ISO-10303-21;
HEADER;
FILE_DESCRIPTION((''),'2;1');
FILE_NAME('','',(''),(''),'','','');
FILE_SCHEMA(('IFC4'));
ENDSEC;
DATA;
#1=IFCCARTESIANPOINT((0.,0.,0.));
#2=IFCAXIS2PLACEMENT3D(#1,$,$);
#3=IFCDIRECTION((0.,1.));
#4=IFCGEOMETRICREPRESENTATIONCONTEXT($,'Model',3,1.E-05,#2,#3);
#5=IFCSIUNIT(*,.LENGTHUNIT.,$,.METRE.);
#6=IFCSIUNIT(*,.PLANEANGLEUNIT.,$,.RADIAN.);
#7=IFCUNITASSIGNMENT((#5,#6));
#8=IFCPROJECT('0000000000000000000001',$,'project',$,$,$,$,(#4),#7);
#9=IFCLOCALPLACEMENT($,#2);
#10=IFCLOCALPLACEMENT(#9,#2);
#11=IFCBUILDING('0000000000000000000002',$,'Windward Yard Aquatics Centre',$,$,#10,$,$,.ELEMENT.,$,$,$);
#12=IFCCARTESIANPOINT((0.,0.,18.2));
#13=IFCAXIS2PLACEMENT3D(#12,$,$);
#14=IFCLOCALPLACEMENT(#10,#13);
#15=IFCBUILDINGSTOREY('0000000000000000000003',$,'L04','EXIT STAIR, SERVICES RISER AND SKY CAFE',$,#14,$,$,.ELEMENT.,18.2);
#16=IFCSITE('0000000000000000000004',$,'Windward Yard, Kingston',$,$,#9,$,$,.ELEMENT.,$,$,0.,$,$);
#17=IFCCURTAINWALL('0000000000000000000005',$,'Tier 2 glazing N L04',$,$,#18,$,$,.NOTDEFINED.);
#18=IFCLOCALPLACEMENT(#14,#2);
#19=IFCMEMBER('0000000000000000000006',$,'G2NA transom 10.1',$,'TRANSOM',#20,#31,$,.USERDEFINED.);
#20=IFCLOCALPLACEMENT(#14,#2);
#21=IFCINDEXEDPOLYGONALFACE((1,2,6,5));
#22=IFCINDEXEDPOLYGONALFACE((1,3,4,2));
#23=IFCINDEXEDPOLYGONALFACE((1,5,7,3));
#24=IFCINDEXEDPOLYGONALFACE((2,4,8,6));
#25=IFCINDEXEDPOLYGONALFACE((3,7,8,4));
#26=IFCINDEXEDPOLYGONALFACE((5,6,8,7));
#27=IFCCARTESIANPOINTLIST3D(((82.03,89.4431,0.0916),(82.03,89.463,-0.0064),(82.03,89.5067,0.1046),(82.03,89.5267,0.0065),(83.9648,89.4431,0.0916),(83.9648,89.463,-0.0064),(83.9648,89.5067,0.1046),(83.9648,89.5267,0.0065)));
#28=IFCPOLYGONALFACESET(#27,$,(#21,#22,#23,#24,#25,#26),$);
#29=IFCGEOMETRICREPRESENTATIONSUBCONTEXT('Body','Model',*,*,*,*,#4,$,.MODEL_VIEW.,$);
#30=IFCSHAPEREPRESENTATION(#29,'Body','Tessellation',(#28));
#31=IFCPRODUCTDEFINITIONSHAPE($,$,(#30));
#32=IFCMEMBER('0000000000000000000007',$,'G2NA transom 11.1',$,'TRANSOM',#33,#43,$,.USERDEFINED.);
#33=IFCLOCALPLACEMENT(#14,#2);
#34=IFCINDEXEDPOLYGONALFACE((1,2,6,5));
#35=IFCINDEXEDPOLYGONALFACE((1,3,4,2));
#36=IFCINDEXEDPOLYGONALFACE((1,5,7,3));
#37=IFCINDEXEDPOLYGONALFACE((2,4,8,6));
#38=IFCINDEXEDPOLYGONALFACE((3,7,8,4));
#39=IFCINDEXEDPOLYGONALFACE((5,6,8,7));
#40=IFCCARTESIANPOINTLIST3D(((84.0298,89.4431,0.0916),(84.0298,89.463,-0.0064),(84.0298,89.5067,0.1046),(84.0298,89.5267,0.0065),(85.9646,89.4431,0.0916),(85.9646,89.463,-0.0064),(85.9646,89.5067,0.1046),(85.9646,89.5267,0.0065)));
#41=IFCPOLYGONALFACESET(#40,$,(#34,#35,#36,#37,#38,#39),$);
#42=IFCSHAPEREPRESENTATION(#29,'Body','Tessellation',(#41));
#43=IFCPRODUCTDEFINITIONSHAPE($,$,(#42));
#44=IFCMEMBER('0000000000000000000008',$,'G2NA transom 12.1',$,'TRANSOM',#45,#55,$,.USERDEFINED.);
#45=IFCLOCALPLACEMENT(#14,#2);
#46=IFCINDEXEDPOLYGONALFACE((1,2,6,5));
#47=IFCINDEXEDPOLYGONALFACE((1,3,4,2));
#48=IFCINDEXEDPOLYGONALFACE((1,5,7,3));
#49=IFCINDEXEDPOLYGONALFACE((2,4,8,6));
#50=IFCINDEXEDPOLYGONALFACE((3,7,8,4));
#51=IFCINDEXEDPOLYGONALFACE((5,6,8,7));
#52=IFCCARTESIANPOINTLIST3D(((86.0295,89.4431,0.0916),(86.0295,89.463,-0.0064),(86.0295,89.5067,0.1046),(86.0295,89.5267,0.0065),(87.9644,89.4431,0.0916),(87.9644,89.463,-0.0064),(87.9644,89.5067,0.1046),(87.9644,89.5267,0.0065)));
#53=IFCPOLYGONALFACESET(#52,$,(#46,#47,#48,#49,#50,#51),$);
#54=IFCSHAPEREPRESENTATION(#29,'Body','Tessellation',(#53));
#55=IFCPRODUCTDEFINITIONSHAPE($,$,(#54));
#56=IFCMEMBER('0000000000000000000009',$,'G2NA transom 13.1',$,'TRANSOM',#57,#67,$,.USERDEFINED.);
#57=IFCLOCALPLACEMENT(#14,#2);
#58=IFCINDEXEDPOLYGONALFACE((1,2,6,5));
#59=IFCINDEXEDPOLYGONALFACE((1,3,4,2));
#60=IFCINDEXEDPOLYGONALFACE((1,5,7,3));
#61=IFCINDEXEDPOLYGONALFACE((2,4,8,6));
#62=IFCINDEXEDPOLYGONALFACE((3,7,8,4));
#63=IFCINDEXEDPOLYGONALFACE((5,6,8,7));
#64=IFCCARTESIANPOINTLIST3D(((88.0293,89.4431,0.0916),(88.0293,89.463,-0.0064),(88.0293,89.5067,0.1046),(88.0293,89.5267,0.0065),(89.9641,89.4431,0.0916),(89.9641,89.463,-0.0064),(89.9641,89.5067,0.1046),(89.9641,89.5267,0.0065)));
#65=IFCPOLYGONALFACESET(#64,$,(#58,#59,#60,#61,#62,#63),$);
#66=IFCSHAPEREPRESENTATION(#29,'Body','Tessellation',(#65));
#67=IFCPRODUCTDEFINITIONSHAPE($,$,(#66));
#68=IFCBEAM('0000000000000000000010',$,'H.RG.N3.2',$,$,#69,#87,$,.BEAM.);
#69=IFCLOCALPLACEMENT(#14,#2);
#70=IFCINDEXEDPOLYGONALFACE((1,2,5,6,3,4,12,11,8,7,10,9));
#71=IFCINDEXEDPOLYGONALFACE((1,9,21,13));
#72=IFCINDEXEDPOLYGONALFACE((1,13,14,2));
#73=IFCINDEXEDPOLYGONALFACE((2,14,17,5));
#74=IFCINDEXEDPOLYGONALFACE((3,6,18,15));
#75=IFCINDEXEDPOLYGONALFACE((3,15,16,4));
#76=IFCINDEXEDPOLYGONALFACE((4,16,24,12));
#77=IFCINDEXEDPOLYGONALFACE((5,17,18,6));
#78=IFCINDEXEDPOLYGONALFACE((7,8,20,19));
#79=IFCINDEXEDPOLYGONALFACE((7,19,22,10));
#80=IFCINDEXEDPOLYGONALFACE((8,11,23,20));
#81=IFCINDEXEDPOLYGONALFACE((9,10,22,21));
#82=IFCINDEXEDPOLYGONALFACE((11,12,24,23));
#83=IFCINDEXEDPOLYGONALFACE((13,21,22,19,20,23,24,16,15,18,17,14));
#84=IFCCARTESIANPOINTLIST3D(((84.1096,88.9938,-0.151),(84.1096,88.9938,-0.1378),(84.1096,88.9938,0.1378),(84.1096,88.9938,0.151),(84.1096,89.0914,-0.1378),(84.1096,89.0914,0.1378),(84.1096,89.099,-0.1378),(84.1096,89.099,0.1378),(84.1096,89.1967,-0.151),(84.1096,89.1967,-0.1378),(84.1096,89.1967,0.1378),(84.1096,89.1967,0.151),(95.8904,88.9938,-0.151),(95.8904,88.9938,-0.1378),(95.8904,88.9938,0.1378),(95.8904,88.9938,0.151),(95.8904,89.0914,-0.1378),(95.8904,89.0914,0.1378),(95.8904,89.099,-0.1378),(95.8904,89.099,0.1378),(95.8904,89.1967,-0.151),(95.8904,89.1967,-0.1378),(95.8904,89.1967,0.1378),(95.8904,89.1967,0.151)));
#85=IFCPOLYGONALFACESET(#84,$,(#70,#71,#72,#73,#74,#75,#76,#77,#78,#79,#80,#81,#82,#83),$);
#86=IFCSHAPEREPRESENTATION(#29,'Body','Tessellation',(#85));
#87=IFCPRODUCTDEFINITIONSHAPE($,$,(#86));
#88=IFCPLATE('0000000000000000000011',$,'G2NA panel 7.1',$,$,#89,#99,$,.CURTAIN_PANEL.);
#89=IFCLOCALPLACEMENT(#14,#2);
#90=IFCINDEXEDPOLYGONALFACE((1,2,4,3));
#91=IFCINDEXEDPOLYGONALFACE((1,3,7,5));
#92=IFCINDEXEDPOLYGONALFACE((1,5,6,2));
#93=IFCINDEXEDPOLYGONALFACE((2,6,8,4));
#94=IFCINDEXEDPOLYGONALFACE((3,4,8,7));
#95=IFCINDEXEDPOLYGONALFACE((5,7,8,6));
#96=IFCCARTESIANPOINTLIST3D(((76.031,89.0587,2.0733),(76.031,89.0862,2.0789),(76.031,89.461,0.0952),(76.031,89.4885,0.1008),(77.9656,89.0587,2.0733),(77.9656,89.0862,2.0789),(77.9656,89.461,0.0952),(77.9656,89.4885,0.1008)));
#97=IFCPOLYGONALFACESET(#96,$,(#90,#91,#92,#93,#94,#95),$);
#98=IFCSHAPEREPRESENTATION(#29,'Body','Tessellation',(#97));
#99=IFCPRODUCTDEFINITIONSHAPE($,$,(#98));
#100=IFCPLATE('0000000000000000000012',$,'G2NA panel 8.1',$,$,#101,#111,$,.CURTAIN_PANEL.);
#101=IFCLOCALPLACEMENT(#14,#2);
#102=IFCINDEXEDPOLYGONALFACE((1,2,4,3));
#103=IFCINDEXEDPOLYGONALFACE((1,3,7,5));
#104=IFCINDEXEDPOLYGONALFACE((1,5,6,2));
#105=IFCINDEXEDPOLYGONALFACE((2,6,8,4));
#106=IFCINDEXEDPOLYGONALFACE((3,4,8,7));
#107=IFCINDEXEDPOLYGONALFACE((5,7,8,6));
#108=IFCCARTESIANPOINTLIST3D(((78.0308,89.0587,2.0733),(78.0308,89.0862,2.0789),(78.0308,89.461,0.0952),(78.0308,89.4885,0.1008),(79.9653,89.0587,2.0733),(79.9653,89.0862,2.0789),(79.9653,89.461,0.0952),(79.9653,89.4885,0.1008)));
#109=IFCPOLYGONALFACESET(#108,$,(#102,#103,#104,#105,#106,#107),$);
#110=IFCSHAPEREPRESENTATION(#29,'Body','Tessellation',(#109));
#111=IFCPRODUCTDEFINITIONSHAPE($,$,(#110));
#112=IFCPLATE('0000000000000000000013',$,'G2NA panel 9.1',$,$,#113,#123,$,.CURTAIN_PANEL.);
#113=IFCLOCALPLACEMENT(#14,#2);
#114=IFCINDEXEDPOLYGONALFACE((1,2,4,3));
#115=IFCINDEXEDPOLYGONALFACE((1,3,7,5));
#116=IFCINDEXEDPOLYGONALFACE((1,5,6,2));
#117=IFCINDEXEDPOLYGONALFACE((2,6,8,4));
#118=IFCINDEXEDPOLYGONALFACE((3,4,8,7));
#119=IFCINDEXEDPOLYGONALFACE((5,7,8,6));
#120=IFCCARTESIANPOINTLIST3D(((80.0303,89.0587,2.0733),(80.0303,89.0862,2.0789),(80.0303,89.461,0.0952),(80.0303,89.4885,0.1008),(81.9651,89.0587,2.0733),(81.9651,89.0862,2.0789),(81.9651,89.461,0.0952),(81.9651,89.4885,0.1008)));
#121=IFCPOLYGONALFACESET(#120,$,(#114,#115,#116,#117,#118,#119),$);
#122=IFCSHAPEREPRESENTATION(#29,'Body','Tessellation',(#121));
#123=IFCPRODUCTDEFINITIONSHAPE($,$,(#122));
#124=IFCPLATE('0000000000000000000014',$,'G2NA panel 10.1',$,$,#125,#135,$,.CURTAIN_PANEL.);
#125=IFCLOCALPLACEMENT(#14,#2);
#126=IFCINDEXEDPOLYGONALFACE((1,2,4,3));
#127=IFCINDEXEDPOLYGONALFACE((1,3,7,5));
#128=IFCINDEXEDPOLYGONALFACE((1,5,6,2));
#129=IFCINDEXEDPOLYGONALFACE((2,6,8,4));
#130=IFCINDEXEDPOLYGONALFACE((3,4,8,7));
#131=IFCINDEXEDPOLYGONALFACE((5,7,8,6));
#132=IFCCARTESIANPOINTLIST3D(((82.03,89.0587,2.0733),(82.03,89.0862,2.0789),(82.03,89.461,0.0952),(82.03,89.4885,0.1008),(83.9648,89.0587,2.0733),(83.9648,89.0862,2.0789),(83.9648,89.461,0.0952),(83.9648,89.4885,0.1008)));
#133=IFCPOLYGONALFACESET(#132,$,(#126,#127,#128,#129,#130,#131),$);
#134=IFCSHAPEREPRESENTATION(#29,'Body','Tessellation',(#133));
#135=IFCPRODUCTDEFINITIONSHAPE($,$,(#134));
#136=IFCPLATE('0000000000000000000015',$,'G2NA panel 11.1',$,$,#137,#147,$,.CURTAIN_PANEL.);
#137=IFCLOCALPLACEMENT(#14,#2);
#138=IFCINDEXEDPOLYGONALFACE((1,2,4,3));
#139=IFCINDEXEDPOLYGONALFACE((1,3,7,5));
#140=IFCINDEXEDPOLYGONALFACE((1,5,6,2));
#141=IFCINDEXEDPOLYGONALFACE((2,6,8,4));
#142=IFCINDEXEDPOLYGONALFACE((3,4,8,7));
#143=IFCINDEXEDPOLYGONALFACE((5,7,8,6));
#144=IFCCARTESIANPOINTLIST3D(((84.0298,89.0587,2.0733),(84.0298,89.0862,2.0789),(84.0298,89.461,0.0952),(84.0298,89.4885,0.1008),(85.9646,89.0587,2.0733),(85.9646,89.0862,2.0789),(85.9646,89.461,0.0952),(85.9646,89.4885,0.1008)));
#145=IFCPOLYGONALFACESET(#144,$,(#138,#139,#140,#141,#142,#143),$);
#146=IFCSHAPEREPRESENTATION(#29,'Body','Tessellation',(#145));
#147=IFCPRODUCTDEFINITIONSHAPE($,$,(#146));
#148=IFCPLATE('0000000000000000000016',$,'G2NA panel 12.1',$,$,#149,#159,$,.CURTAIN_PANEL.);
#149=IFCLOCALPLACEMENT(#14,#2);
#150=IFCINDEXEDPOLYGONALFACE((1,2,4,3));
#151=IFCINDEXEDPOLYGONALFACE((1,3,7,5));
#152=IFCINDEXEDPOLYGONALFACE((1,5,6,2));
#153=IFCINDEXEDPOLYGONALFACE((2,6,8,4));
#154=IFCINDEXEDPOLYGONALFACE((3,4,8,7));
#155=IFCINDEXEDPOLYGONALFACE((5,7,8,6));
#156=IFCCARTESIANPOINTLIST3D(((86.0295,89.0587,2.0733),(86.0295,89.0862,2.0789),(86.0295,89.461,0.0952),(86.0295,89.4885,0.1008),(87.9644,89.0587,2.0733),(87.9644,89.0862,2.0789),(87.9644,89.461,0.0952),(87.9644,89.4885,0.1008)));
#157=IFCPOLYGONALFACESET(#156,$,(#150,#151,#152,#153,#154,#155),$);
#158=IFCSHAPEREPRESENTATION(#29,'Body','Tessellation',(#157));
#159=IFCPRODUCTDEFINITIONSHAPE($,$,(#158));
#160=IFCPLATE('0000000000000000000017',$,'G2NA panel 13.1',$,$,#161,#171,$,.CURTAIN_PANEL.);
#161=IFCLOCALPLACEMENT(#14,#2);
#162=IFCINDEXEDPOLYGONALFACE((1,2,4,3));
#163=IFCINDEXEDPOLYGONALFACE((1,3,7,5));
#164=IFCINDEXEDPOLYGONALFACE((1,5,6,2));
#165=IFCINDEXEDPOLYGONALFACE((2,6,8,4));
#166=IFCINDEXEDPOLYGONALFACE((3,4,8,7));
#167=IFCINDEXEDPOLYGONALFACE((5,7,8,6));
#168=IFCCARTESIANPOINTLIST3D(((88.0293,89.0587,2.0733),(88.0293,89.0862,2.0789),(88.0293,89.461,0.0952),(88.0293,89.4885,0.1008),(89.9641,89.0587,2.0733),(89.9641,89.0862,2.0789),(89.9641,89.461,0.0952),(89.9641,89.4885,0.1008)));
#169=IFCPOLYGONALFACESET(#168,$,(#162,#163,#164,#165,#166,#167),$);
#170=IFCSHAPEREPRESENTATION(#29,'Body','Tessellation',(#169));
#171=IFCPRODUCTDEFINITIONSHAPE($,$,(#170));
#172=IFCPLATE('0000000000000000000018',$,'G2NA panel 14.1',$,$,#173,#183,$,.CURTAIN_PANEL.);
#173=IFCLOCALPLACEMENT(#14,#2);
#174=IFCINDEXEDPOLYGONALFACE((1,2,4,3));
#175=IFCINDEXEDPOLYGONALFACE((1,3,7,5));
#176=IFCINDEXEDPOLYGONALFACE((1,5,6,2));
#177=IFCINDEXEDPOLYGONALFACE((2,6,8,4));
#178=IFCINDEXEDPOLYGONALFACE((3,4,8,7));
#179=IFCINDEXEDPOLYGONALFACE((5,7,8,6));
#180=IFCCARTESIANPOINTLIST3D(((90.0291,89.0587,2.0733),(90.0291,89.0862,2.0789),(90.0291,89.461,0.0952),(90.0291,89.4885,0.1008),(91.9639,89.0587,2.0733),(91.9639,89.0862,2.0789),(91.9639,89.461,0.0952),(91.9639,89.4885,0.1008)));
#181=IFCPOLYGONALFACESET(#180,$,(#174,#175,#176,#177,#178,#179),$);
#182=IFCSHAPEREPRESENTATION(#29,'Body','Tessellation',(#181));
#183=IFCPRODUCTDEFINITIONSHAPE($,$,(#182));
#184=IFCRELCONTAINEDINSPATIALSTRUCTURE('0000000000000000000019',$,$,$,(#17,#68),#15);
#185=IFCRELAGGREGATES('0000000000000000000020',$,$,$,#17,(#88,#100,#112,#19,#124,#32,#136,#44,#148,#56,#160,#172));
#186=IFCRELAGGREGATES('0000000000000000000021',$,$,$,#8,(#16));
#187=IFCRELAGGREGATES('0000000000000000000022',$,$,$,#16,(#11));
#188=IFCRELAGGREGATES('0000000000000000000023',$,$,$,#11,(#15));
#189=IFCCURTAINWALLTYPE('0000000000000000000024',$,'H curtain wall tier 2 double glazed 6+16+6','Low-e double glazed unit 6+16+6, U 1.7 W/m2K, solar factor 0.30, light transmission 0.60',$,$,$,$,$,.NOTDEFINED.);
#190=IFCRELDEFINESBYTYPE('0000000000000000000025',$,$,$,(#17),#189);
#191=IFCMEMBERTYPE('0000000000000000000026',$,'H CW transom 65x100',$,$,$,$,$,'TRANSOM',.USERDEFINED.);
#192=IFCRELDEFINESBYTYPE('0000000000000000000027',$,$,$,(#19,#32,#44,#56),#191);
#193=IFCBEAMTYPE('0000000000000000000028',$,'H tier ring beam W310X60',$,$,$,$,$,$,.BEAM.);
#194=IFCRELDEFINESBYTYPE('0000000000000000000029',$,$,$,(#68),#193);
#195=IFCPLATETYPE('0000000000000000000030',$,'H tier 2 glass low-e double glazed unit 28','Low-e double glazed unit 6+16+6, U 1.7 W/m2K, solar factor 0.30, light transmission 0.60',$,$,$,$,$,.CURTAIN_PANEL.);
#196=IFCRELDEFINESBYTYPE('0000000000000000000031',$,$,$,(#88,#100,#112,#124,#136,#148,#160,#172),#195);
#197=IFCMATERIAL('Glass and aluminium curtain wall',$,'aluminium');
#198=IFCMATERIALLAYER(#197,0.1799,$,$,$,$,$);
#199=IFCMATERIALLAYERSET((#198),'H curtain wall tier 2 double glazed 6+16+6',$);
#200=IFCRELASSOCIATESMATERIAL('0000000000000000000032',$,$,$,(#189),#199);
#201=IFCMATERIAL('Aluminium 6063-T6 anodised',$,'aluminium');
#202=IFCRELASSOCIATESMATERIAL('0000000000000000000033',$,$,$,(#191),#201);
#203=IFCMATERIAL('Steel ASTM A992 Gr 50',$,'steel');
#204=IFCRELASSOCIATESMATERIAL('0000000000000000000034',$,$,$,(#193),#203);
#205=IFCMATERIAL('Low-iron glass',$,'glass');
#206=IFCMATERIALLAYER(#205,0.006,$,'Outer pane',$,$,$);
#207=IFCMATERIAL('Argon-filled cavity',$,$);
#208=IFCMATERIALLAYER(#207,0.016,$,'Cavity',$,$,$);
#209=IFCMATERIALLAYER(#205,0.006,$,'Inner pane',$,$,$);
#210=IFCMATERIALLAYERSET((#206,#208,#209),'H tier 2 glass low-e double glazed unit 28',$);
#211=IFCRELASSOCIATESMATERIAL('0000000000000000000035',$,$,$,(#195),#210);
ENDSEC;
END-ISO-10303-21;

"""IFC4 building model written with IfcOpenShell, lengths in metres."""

from ifc_helpers import new_model, si_unit, direction, frame, origin, origin_2d, place, context, subcontext, project, spatial, polyline, rectangle, i_section, outline, extrude, material, layer, layer_set, material_profile, profile_set, type_object, element, aggregate, save


model = new_model("IFC4")

# Units and contexts
model_context = context("Model", 3, precision=1e-05, world=origin(), true_north=direction((0.0, 1.0)))
body_context = subcontext(model_context, "Body", "Model", "MODEL_VIEW")
ifc_project = project(units=[si_unit("LENGTHUNIT", "METRE"), si_unit("PLANEANGLEUNIT", "RADIAN")], contexts=[model_context])

# Site, building, storey
site_placement = place(None, origin())
site = spatial("IfcSite", under=ifc_project, at=site_placement, Name="Windward Yard, Kingston", CompositionType="ELEMENT", RefElevation=0.0)
building_placement = place(site_placement, origin())
building = spatial("IfcBuilding", under=site, at=building_placement, Name="Windward Yard Aquatics Centre", CompositionType="ELEMENT")
storey_placement = place(building_placement, frame((0.0, 0.0, 18.2)))
storey = spatial("IfcBuildingStorey", under=building, at=storey_placement, Name="L04", Description="EXIT STAIR, SERVICES RISER AND SKY CAFE", CompositionType="ELEMENT", Elevation=18.2)

# Curtain wall, members
ifc_material_1 = material(Name="Glass and aluminium curtain wall", Category="aluminium")
ifc_layer_1 = layer(ifc_material_1, 0.1799)
ifc_layer_set_1 = layer_set([ifc_layer_1], Name="H curtain wall tier 2 double glazed 6+16+6")
curtain_wall_type = type_object("IfcCurtainWallType", Name="H curtain wall tier 2 double glazed 6+16+6", Description="Low-e double glazed unit 6+16+6, U 1.7 W/m2K, solar factor 0.30, light transmission 0.60", PredefinedType="NOTDEFINED", material=ifc_layer_set_1)
curtain_wall_placement = place(storey_placement, origin())
curtain_wall = element("IfcCurtainWall", 1, at=curtain_wall_placement, inside=storey, type_object=curtain_wall_type, Name="Tier 2 glazing N L04", PredefinedType="NOTDEFINED")
ifc_material_2 = material(Name="Aluminium 6063-T6 anodised", Category="aluminium")
ifc_material_profile_1 = material_profile(ifc_material_2, rectangle(XDim=0.0649, YDim=0.1001, at=origin_2d()), Name="H CW transom 65x100")
ifc_profile_set_1 = profile_set([ifc_material_profile_1], Name="Aluminium 6063-T6 anodised")
member_type_1 = type_object("IfcMemberType", Name="H CW transom 65x100", ElementType="TRANSOM", PredefinedType="USERDEFINED", material=ifc_profile_set_1)
member_1_placement = place(storey_placement, frame((82.03, 89.4849, 0.0491), z_axis=(1.0, 0.0, 0.0), x_axis=(0.0, 0.979925, 0.199368)))
member_1 = element("IfcMember", 2, at=member_1_placement, type_object=member_type_1, Name="G2NA transom 10.1", ObjectType="TRANSOM", PredefinedType="USERDEFINED", context=body_context, shape_type="SweptSolid", body=[
    extrude(rectangle(XDim=0.0649, YDim=0.1001, at=origin_2d()), origin(), (0.0, 0.0, 1.0), 1.9348),
])
member_2_placement = place(storey_placement, frame((84.0298, 89.4849, 0.0491), z_axis=(1.0, 0.0, 0.0), x_axis=(0.0, 0.979925, 0.199368)))
member_2 = element("IfcMember", 3, at=member_2_placement, type_object=member_type_1, Name="G2NA transom 11.1", ObjectType="TRANSOM", PredefinedType="USERDEFINED", context=body_context, shape_type="SweptSolid", body=[
    extrude(rectangle(XDim=0.0649, YDim=0.1001, at=origin_2d()), origin(), (0.0, 0.0, 1.0), 1.9348),
])
member_3_placement = place(storey_placement, frame((86.0295, 89.4849, 0.0491), z_axis=(1.0, 0.0, 0.0), x_axis=(0.0, 0.979925, 0.199368)))
member_3 = element("IfcMember", 4, at=member_3_placement, type_object=member_type_1, Name="G2NA transom 12.1", ObjectType="TRANSOM", PredefinedType="USERDEFINED", context=body_context, shape_type="SweptSolid", body=[
    extrude(rectangle(XDim=0.0649, YDim=0.1001, at=origin_2d()), origin(), (0.0, 0.0, 1.0), 1.9348),
])
member_4_placement = place(storey_placement, frame((88.0293, 89.4849, 0.0491), z_axis=(1.0, 0.0, 0.0), x_axis=(0.0, 0.979925, 0.199368)))
member_4 = element("IfcMember", 5, at=member_4_placement, type_object=member_type_1, Name="G2NA transom 13.1", ObjectType="TRANSOM", PredefinedType="USERDEFINED", context=body_context, shape_type="SweptSolid", body=[
    extrude(rectangle(XDim=0.0649, YDim=0.1001, at=origin_2d()), origin(), (0.0, 0.0, 1.0), 1.9348),
])

# Beam
ifc_material_3 = material(Name="Steel ASTM A992 Gr 50", Category="steel")
ifc_material_profile_2 = material_profile(ifc_material_3, i_section(OverallWidth=0.2029, OverallDepth=0.302, WebThickness=0.0076, FlangeThickness=0.0132, at=origin_2d()), Name="W310X60")
ifc_profile_set_2 = profile_set([ifc_material_profile_2], Name="Steel ASTM A992 Gr 50")
beam_type = type_object("IfcBeamType", Name="H tier ring beam W310X60", PredefinedType="BEAM", material=ifc_profile_set_2)
beam_placement = place(storey_placement, frame((84.1096, 89.0952, 0.0), z_axis=(1.0, 0.0, 0.0), x_axis=(0.0, 1.0, 0.0)))
element("IfcBeam", 6, at=beam_placement, inside=storey, type_object=beam_type, Name="H.RG.N3.2", PredefinedType="BEAM", context=body_context, shape_type="SweptSolid", body=[
    extrude(i_section(OverallWidth=0.2029, OverallDepth=0.302, WebThickness=0.0076, FlangeThickness=0.0132, at=origin_2d()), origin(), (0.0, 0.0, 1.0), 11.7808),
])

# Plates
ifc_material_4 = material(Name="Low-iron glass", Category="glass")
ifc_layer_2 = layer(ifc_material_4, 0.006, Name="Outer pane")
ifc_material_5 = material(Name="Argon-filled cavity")
ifc_layer_3 = layer(ifc_material_5, 0.016, Name="Cavity")
ifc_layer_4 = layer(ifc_material_4, 0.006, Name="Inner pane")
ifc_layer_set_2 = layer_set([ifc_layer_2, ifc_layer_3, ifc_layer_4], Name="H tier 2 glass low-e double glazed unit 28")
plate_type = type_object("IfcPlateType", Name="H tier 2 glass low-e double glazed unit 28", Description="Low-e double glazed unit 6+16+6, U 1.7 W/m2K, solar factor 0.30, light transmission 0.60", PredefinedType="CURTAIN_PANEL", material=ifc_layer_set_2)
plate_1_placement = place(storey_placement, frame((76.031, 89.0862, 2.0789), z_axis=(0.0, 0.979933, 0.199325), x_axis=(0.0, 0.199325, -0.979933)))
plate_1 = element("IfcPlate", 7, at=plate_1_placement, type_object=plate_type, Name="G2NA panel 7.1", PredefinedType="CURTAIN_PANEL", context=body_context, shape_type="SweptSolid", body=[
    extrude(outline(polyline([(0.0, 0.0), (2.0185, 0.0), (2.0185, -1.9346), (0.0, -1.9346), (0.0, 0.0)])), origin(), (0.0, 0.0, -1.0), 0.0281),
])
plate_2_placement = place(storey_placement, frame((78.0308, 89.0862, 2.0789), z_axis=(0.0, 0.979933, 0.199325), x_axis=(0.0, 0.199325, -0.979933)))
plate_2 = element("IfcPlate", 8, at=plate_2_placement, type_object=plate_type, Name="G2NA panel 8.1", PredefinedType="CURTAIN_PANEL", context=body_context, shape_type="SweptSolid", body=[
    extrude(outline(polyline([(0.0, 0.0), (2.0185, 0.0), (2.0185, -1.9346), (0.0, -1.9346), (0.0, 0.0)])), origin(), (0.0, 0.0, -1.0), 0.0281),
])
plate_3_placement = place(storey_placement, frame((80.0303, 89.0862, 2.0789), z_axis=(0.0, 0.979933, 0.199325), x_axis=(0.0, 0.199325, -0.979933)))
plate_3 = element("IfcPlate", 9, at=plate_3_placement, type_object=plate_type, Name="G2NA panel 9.1", PredefinedType="CURTAIN_PANEL", context=body_context, shape_type="SweptSolid", body=[
    extrude(outline(polyline([(0.0, 0.0), (2.0185, 0.0), (2.0185, -1.9348), (0.0, -1.9348), (0.0, 0.0)])), origin(), (0.0, 0.0, -1.0), 0.0281),
])
plate_4_placement = place(storey_placement, frame((82.03, 89.0862, 2.0789), z_axis=(0.0, 0.979933, 0.199325), x_axis=(0.0, 0.199325, -0.979933)))
plate_4 = element("IfcPlate", 10, at=plate_4_placement, type_object=plate_type, Name="G2NA panel 10.1", PredefinedType="CURTAIN_PANEL", context=body_context, shape_type="SweptSolid", body=[
    extrude(outline(polyline([(0.0, 0.0), (2.0185, 0.0), (2.0185, -1.9348), (0.0, -1.9348), (0.0, 0.0)])), origin(), (0.0, 0.0, -1.0), 0.0281),
])
plate_5_placement = place(storey_placement, frame((84.0298, 89.0862, 2.0789), z_axis=(0.0, 0.979933, 0.199325), x_axis=(0.0, 0.199325, -0.979933)))
plate_5 = element("IfcPlate", 11, at=plate_5_placement, type_object=plate_type, Name="G2NA panel 11.1", PredefinedType="CURTAIN_PANEL", context=body_context, shape_type="SweptSolid", body=[
    extrude(outline(polyline([(0.0, 0.0), (2.0185, 0.0), (2.0185, -1.9348), (0.0, -1.9348), (0.0, 0.0)])), origin(), (0.0, 0.0, -1.0), 0.0281),
])
plate_6_placement = place(storey_placement, frame((86.0295, 89.0862, 2.0789), z_axis=(0.0, 0.979933, 0.199325), x_axis=(0.0, 0.199325, -0.979933)))
plate_6 = element("IfcPlate", 12, at=plate_6_placement, type_object=plate_type, Name="G2NA panel 12.1", PredefinedType="CURTAIN_PANEL", context=body_context, shape_type="SweptSolid", body=[
    extrude(outline(polyline([(0.0, 0.0), (2.0185, 0.0), (2.0185, -1.9348), (0.0, -1.9348), (0.0, 0.0)])), origin(), (0.0, 0.0, -1.0), 0.0281),
])
plate_7_placement = place(storey_placement, frame((88.0293, 89.0862, 2.0789), z_axis=(0.0, 0.979933, 0.199325), x_axis=(0.0, 0.199325, -0.979933)))
plate_7 = element("IfcPlate", 13, at=plate_7_placement, type_object=plate_type, Name="G2NA panel 13.1", PredefinedType="CURTAIN_PANEL", context=body_context, shape_type="SweptSolid", body=[
    extrude(outline(polyline([(0.0, 0.0), (2.0185, 0.0), (2.0185, -1.9348), (0.0, -1.9348), (0.0, 0.0)])), origin(), (0.0, 0.0, -1.0), 0.0281),
])
plate_8_placement = place(storey_placement, frame((90.0291, 89.0862, 2.0789), z_axis=(0.0, 0.979933, 0.199325), x_axis=(0.0, 0.199325, -0.979933)))
plate_8 = element("IfcPlate", 14, at=plate_8_placement, type_object=plate_type, Name="G2NA panel 14.1", PredefinedType="CURTAIN_PANEL", context=body_context, shape_type="SweptSolid", body=[
    extrude(outline(polyline([(0.0, 0.0), (2.0185, 0.0), (2.0185, -1.9348), (0.0, -1.9348), (0.0, 0.0)])), origin(), (0.0, 0.0, -1.0), 0.0281),
])
aggregate(curtain_wall, [plate_1, plate_2, plate_3, member_1, plate_4, member_2, plate_5, member_3, plate_6, member_4, plate_7, plate_8])

save(model, "model.ifc")
